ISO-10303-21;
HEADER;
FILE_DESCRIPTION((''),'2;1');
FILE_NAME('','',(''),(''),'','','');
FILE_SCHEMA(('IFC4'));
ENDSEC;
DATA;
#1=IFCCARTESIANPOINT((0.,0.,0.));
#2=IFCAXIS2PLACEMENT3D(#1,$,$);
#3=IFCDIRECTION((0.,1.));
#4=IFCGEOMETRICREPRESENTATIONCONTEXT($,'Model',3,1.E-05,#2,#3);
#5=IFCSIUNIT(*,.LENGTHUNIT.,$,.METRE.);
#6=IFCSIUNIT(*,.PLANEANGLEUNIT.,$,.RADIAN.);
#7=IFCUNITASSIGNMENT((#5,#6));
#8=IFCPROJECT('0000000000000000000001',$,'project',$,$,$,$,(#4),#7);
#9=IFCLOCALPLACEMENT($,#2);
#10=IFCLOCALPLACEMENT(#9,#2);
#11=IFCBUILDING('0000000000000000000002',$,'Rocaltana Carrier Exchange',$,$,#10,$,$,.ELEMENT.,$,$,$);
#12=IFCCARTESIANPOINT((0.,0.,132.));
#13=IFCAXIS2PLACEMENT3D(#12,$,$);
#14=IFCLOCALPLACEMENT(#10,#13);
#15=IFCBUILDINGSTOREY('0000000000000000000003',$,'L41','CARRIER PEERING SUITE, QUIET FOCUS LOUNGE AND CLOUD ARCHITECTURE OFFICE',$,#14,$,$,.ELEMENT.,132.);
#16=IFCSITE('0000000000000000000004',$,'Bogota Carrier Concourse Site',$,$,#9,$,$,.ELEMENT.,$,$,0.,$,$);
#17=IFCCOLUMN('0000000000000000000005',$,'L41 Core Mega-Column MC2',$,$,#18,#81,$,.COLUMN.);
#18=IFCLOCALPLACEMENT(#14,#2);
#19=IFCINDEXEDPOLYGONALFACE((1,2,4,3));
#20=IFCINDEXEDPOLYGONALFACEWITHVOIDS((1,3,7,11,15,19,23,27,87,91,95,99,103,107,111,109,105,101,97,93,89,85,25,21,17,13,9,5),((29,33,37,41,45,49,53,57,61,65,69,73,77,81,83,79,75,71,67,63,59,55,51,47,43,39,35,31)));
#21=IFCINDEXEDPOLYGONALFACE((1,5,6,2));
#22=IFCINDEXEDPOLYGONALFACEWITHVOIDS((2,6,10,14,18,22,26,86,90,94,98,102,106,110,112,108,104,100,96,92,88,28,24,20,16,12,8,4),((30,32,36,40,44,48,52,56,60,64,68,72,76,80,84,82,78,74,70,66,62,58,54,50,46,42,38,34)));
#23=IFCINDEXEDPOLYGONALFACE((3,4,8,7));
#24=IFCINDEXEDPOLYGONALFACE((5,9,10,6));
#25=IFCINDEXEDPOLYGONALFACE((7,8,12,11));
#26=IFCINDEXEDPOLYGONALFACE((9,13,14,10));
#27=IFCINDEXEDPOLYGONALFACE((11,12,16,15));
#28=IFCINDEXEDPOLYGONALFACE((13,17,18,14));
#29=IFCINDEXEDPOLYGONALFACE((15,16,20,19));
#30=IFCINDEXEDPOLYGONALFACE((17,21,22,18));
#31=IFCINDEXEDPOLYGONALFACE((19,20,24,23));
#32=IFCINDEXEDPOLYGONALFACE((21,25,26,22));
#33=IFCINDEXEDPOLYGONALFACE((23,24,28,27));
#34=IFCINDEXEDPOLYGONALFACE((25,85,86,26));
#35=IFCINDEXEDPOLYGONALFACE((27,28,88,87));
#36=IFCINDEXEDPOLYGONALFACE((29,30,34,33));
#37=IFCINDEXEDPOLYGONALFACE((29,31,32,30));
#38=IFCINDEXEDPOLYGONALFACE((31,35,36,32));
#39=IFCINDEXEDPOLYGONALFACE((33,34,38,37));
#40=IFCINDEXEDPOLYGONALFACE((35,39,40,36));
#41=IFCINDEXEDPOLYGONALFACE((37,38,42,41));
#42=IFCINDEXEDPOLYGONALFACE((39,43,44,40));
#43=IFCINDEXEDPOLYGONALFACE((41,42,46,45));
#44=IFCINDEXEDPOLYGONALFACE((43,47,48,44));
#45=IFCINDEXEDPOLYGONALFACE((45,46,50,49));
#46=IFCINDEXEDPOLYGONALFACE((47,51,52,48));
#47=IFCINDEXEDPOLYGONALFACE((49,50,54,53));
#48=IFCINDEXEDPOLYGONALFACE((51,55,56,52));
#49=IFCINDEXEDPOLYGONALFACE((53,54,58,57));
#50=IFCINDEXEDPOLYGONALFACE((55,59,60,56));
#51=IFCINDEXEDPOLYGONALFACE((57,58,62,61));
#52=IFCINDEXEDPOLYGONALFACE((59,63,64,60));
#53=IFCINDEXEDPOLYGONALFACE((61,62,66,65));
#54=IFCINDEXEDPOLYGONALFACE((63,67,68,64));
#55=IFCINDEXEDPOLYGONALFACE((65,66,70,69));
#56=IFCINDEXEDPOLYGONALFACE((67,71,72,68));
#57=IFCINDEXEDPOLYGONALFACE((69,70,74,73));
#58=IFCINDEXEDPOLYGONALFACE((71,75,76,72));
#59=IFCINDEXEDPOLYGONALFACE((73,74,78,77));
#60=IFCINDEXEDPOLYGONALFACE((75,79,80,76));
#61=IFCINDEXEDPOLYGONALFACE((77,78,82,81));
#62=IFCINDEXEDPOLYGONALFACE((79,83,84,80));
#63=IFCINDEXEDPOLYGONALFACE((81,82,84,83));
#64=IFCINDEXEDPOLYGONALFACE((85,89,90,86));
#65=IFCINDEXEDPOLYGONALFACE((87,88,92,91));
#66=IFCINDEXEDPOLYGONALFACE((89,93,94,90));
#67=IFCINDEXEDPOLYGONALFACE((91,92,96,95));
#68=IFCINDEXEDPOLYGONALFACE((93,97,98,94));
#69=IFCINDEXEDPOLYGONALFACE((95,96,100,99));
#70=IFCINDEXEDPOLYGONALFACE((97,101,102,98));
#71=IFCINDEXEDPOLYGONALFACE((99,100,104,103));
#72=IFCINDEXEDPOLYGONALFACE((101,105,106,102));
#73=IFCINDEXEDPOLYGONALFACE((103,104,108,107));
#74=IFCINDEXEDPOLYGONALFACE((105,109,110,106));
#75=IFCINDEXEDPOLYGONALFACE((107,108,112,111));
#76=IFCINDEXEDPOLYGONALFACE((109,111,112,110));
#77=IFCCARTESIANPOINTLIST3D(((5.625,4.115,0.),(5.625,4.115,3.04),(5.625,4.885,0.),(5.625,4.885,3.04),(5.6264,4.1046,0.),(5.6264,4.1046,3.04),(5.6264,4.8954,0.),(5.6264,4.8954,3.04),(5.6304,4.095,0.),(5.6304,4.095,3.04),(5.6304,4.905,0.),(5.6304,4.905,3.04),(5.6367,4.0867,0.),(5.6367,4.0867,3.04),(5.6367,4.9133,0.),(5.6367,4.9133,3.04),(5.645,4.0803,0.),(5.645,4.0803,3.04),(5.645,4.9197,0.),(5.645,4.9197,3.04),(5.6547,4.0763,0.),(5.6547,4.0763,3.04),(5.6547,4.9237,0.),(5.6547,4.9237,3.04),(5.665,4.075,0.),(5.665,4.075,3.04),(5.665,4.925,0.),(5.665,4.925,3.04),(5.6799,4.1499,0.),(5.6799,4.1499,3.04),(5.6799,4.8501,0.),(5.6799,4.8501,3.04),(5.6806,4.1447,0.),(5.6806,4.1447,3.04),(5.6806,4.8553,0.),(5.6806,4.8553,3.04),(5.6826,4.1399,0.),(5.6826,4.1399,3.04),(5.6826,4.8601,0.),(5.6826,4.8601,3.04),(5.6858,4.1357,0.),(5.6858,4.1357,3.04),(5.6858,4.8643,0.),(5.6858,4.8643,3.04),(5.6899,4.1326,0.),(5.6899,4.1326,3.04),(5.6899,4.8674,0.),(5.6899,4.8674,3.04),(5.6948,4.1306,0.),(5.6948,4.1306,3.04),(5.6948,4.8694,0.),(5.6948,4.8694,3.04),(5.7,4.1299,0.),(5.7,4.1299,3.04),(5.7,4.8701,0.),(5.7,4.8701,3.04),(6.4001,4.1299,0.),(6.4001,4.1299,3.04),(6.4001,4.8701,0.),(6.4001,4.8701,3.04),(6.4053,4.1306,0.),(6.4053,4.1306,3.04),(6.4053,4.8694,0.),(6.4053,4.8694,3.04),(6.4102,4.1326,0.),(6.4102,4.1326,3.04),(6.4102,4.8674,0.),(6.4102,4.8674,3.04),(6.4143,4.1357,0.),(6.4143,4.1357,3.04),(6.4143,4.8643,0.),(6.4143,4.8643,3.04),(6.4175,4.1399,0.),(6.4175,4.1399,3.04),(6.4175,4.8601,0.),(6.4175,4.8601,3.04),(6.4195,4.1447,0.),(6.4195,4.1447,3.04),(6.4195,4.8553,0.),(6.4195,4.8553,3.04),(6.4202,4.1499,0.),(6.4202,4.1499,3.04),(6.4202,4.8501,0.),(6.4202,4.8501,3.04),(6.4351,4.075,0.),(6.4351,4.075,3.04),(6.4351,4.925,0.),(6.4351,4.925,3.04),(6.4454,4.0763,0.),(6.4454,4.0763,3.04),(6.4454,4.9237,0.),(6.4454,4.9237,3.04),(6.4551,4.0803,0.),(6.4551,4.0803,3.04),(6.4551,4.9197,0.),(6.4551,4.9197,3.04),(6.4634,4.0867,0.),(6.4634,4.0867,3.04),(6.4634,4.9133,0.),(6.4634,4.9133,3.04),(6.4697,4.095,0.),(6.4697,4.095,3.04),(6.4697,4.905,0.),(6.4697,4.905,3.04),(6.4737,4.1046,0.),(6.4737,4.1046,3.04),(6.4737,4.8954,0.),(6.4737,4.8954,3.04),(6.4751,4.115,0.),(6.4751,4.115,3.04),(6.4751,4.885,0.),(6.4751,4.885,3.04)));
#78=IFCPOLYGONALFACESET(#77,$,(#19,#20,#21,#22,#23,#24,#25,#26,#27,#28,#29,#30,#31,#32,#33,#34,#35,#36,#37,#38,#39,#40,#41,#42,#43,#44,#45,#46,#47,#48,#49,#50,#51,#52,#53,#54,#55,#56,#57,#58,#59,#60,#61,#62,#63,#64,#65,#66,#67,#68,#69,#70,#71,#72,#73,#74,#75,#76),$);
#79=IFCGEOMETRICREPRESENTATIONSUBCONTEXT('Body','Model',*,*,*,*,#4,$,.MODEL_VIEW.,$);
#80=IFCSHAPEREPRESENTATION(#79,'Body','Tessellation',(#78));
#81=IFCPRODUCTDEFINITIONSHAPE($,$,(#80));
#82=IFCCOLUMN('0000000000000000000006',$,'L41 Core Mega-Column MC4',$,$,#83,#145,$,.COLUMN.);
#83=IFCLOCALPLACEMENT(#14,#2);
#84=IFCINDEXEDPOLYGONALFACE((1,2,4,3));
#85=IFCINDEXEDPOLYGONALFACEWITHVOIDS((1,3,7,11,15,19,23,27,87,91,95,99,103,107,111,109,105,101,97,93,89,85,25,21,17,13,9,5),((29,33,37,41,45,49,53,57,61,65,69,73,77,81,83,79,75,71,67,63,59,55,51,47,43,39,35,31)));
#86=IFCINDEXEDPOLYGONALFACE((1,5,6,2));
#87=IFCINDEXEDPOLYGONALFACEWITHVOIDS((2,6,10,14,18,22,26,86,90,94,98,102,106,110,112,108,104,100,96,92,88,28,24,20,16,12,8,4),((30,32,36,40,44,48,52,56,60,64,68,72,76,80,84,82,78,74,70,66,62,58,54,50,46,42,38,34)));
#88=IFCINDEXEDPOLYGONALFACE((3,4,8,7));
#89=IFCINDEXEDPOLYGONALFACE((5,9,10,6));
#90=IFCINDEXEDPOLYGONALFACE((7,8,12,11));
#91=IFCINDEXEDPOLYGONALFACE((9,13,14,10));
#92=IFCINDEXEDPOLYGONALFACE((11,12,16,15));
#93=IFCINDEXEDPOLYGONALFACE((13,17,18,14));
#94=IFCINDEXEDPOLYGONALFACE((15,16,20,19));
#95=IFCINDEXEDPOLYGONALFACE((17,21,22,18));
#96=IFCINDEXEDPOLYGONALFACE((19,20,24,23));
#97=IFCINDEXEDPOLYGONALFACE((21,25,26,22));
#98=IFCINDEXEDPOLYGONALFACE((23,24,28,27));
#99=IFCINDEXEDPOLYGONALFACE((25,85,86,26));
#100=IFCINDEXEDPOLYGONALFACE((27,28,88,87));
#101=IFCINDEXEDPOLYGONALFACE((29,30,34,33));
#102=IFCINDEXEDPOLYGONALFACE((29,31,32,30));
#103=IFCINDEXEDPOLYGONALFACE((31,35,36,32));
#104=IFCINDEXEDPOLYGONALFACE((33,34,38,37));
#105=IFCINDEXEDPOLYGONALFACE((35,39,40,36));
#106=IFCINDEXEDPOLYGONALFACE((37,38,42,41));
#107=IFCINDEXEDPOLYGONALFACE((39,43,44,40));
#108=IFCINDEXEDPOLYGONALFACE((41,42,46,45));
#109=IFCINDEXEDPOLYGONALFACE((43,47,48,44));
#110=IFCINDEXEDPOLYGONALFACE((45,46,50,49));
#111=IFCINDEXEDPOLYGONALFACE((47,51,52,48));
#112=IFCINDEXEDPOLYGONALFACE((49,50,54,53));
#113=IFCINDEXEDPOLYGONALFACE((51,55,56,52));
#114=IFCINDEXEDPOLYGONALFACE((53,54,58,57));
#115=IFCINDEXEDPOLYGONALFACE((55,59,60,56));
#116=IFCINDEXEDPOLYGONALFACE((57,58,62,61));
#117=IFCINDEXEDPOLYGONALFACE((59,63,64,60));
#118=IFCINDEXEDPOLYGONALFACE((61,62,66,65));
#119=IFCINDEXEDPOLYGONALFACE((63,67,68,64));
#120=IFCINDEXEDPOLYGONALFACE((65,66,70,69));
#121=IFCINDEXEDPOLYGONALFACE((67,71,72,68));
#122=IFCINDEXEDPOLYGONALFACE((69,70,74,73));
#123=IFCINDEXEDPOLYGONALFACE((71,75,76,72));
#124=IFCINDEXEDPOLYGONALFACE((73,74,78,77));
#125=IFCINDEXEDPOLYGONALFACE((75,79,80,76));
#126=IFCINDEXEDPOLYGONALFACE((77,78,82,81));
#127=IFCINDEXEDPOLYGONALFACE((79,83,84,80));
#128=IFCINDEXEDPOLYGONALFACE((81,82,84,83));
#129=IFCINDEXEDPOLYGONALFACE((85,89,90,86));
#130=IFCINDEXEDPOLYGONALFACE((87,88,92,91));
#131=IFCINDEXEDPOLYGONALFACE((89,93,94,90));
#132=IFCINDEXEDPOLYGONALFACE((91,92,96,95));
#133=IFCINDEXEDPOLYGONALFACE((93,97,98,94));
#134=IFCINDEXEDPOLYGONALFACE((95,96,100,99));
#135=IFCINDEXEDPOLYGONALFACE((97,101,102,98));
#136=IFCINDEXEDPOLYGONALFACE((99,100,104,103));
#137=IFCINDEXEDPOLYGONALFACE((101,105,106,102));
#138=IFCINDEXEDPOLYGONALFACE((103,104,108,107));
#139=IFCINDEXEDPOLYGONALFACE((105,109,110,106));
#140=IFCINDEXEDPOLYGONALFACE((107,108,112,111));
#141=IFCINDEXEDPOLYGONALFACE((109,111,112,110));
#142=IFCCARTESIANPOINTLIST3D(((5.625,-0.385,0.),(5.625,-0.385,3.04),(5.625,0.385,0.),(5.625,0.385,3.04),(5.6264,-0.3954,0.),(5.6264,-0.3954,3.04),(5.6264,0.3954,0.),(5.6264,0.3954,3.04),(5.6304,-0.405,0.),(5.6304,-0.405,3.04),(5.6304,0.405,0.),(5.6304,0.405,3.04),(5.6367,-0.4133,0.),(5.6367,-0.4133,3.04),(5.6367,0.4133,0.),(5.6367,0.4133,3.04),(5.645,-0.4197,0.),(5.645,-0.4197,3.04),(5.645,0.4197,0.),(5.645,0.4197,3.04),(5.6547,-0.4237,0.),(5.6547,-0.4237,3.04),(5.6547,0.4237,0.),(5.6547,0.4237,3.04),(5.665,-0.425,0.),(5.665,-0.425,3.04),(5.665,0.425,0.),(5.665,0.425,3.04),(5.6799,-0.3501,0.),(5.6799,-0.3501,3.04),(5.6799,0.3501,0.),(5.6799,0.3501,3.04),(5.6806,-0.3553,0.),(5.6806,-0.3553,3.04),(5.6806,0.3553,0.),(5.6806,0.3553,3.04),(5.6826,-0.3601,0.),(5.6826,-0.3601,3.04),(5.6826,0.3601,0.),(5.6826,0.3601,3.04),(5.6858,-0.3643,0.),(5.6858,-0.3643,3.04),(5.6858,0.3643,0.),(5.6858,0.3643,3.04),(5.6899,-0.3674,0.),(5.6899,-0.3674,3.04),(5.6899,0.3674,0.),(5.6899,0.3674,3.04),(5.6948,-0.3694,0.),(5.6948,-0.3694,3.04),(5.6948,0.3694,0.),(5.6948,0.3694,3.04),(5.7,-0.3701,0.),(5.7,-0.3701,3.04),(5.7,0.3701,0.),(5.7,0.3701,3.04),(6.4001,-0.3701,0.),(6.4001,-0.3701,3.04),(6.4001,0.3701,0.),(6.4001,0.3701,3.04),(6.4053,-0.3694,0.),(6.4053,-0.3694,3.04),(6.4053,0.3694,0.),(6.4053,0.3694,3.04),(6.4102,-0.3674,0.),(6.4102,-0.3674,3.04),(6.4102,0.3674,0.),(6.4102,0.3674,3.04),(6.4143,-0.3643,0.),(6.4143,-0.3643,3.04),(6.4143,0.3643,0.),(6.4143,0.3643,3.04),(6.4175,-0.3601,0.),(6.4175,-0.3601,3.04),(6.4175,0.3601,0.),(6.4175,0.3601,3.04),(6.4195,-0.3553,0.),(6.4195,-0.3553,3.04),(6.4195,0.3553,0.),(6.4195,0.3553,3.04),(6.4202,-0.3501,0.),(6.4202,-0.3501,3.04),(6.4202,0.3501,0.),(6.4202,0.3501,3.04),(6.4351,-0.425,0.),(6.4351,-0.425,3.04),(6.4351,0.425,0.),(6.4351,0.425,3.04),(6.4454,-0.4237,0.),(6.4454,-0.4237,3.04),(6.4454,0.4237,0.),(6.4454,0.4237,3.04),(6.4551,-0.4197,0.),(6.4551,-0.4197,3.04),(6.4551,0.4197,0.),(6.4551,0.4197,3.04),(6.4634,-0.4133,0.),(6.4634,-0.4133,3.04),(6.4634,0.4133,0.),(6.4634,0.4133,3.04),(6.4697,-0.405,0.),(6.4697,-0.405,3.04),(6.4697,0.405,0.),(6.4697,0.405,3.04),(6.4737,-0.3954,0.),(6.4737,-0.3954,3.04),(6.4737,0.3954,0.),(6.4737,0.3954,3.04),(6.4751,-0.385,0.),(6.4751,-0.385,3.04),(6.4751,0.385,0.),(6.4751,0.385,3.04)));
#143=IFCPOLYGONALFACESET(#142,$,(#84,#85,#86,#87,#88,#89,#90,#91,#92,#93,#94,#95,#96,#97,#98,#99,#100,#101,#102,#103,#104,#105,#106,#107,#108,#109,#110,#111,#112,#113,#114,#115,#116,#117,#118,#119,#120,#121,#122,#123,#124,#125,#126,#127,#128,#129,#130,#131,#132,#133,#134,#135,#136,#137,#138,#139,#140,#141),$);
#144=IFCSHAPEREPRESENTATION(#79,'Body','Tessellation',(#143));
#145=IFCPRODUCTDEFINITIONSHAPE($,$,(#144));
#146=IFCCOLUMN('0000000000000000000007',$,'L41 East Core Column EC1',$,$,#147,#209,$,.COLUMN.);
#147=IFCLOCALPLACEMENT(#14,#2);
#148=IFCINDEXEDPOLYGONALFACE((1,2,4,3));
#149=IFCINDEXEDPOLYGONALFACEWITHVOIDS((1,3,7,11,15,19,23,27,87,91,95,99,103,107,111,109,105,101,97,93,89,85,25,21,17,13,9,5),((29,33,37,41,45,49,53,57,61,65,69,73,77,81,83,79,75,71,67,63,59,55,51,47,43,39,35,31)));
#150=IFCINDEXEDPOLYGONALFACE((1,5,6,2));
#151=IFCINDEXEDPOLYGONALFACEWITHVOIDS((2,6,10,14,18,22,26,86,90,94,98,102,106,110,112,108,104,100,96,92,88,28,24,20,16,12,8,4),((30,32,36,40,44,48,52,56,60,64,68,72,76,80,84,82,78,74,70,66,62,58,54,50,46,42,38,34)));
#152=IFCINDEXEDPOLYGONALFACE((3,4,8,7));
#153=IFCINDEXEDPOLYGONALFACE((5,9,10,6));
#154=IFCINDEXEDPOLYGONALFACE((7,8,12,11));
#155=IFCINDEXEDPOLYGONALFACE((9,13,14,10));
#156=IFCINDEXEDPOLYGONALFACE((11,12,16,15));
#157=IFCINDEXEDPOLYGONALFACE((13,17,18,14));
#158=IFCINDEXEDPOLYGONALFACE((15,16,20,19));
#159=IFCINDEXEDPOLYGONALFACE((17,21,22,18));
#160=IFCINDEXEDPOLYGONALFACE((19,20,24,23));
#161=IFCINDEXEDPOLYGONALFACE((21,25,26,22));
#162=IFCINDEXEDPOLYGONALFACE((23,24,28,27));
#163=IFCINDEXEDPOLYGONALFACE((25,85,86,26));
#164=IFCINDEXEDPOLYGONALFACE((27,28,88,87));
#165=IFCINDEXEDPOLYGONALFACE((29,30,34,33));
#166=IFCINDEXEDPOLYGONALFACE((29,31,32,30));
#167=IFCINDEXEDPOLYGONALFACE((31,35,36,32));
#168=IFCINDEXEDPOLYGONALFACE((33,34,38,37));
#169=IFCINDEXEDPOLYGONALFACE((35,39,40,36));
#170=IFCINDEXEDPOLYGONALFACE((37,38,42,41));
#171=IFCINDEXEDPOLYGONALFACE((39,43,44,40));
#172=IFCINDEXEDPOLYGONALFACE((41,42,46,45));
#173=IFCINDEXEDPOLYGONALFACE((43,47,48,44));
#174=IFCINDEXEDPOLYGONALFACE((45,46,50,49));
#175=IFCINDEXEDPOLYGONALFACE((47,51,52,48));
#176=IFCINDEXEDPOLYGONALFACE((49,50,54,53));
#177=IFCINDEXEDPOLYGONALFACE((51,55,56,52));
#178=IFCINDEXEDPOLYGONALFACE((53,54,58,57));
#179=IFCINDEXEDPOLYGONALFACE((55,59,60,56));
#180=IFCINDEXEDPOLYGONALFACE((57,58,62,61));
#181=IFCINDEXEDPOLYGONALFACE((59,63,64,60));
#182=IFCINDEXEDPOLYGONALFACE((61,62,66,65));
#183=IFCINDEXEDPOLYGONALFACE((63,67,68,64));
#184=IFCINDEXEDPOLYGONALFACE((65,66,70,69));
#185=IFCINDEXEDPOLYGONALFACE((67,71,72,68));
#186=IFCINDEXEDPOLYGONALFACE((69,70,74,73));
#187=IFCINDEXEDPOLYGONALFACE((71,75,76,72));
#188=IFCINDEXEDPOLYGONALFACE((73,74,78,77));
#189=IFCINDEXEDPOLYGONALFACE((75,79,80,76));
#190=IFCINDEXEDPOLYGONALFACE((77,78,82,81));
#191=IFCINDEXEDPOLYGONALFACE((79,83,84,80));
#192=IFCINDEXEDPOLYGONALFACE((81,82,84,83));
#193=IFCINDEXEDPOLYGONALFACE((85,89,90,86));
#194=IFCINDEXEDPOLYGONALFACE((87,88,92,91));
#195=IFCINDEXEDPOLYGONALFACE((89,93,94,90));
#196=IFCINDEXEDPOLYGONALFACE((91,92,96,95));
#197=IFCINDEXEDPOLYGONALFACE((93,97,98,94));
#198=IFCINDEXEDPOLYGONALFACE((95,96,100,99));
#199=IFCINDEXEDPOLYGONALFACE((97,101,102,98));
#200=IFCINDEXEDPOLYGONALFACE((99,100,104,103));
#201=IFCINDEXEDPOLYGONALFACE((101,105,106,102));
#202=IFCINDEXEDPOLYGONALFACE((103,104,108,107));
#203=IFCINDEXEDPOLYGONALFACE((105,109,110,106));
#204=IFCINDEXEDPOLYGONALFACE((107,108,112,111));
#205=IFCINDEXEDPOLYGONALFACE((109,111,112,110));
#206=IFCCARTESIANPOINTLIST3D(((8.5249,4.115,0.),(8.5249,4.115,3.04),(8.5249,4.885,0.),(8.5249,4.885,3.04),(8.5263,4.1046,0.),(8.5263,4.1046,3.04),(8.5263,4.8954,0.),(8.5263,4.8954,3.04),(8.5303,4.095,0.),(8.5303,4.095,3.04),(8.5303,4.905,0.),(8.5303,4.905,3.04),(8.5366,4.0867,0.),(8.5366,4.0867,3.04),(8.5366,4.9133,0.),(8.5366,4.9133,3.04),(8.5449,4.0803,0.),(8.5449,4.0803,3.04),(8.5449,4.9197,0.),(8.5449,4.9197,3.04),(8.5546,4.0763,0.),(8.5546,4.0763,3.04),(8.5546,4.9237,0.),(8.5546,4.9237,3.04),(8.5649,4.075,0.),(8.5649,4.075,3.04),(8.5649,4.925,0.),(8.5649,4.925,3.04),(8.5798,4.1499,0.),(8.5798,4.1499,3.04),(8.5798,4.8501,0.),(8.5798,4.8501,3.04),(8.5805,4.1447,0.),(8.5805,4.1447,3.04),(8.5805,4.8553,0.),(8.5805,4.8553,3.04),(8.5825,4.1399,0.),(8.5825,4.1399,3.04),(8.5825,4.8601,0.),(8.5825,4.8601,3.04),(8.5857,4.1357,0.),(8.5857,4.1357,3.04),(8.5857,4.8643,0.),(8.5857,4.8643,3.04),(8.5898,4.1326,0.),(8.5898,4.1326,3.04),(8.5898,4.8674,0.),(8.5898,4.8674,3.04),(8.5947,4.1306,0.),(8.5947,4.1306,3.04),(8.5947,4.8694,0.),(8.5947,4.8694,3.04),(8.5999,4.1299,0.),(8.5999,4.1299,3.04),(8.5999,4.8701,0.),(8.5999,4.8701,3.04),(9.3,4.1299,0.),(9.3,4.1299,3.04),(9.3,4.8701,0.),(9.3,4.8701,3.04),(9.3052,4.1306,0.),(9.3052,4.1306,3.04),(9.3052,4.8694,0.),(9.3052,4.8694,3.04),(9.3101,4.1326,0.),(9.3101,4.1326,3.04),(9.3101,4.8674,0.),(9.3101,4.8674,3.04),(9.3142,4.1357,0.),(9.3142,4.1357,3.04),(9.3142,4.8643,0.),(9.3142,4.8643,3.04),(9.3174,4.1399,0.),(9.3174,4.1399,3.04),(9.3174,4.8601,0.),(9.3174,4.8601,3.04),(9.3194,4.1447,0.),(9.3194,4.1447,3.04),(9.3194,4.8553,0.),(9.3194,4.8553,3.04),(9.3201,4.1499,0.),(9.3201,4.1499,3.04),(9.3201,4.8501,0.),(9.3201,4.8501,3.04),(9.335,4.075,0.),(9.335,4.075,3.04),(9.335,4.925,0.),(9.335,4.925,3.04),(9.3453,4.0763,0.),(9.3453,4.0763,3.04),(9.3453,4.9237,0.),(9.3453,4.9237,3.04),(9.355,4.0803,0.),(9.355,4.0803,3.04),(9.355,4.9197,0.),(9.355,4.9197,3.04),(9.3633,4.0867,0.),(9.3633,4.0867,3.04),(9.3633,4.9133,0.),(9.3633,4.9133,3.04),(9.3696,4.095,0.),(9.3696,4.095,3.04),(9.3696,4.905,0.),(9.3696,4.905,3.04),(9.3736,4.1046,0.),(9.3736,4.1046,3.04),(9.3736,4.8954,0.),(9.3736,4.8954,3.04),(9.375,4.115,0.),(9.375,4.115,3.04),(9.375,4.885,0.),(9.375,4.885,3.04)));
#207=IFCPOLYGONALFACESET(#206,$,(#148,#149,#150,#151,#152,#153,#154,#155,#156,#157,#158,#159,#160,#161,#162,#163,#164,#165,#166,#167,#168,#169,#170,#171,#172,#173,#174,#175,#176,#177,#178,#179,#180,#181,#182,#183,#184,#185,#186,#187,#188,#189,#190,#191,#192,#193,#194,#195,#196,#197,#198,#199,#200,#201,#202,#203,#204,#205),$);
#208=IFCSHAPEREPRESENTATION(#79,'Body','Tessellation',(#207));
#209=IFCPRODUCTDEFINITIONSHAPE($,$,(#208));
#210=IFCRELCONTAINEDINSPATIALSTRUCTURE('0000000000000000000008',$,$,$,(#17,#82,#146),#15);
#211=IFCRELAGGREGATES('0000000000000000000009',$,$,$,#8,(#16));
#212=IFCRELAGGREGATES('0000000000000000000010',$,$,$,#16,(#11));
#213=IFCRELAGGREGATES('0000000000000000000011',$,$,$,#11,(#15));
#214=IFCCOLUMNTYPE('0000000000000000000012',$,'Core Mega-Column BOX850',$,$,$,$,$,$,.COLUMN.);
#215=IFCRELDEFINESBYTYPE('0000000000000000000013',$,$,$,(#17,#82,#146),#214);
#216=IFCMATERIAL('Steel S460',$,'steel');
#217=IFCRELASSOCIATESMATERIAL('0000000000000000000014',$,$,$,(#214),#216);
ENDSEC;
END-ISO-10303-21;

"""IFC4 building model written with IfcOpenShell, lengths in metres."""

from ifc_helpers import new_model, si_unit, direction, frame, origin, origin_2d, place, context, subcontext, project, spatial, hollow_rectangle, extrude, material, material_profile, profile_set, type_object, element, save


model = new_model("IFC4")

# Units and contexts
model_context = context("Model", 3, precision=1e-05, world=origin(), true_north=direction((0.0, 1.0)))
body_context = subcontext(model_context, "Body", "Model", "MODEL_VIEW")
ifc_project = project(units=[si_unit("LENGTHUNIT", "METRE"), si_unit("PLANEANGLEUNIT", "RADIAN")], contexts=[model_context])

# Site, building, storey
site_placement = place(None, origin())
site = spatial("IfcSite", under=ifc_project, at=site_placement, Name="Bogota Carrier Concourse Site", CompositionType="ELEMENT", RefElevation=0.0)
building_placement = place(site_placement, origin())
building = spatial("IfcBuilding", under=site, at=building_placement, Name="Rocaltana Carrier Exchange", CompositionType="ELEMENT")
storey_placement = place(building_placement, frame((0.0, 0.0, 132.0)))
storey = spatial("IfcBuildingStorey", under=building, at=storey_placement, Name="L41", Description="CARRIER PEERING SUITE, QUIET FOCUS LOUNGE AND CLOUD ARCHITECTURE OFFICE", CompositionType="ELEMENT", Elevation=132.0)

# Columns
ifc_material_1 = material(Name="Steel S460", Category="steel")
ifc_material_profile_1 = material_profile(ifc_material_1, hollow_rectangle(XDim=0.8501, YDim=0.8501, WallThickness=0.0549, InnerFilletRadius=0.02, OuterFilletRadius=0.04, at=origin_2d()), Name="BOX850X850X55")
ifc_profile_set_1 = profile_set([ifc_material_profile_1], Name="Steel S460")
column_type = type_object("IfcColumnType", Name="Core Mega-Column BOX850", PredefinedType="COLUMN", material=ifc_profile_set_1)
for number, where, z_axis, x_axis, name in (
    (1, (6.05, 4.5, 0.0), (0.0, 0.0, 1.0), (1.0, 0.0, 0.0), "L41 Core Mega-Column MC2"),
    (2, (6.05, 0.0, 0.0), (0.0, 0.0, 1.0), (1.0, 0.0, 0.0), "L41 Core Mega-Column MC4"),
    (3, (8.95, 4.5, 0.0), (0.0, 0.0, 1.0), (1.0, 0.0, 0.0), "L41 East Core Column EC1"),
):
    element("IfcColumn", number, at=place(storey_placement, frame(where, z_axis=z_axis, x_axis=x_axis)), inside=storey, type_object=column_type, Name=name, PredefinedType="COLUMN", context=body_context, shape_type="SweptSolid", body=[
        extrude(hollow_rectangle(XDim=0.8501, YDim=0.8501, WallThickness=0.0549, InnerFilletRadius=0.02, OuterFilletRadius=0.04, at=origin_2d()), origin(), (0.0, 0.0, 1.0), 3.04),
    ])

save(model, "model.ifc")
